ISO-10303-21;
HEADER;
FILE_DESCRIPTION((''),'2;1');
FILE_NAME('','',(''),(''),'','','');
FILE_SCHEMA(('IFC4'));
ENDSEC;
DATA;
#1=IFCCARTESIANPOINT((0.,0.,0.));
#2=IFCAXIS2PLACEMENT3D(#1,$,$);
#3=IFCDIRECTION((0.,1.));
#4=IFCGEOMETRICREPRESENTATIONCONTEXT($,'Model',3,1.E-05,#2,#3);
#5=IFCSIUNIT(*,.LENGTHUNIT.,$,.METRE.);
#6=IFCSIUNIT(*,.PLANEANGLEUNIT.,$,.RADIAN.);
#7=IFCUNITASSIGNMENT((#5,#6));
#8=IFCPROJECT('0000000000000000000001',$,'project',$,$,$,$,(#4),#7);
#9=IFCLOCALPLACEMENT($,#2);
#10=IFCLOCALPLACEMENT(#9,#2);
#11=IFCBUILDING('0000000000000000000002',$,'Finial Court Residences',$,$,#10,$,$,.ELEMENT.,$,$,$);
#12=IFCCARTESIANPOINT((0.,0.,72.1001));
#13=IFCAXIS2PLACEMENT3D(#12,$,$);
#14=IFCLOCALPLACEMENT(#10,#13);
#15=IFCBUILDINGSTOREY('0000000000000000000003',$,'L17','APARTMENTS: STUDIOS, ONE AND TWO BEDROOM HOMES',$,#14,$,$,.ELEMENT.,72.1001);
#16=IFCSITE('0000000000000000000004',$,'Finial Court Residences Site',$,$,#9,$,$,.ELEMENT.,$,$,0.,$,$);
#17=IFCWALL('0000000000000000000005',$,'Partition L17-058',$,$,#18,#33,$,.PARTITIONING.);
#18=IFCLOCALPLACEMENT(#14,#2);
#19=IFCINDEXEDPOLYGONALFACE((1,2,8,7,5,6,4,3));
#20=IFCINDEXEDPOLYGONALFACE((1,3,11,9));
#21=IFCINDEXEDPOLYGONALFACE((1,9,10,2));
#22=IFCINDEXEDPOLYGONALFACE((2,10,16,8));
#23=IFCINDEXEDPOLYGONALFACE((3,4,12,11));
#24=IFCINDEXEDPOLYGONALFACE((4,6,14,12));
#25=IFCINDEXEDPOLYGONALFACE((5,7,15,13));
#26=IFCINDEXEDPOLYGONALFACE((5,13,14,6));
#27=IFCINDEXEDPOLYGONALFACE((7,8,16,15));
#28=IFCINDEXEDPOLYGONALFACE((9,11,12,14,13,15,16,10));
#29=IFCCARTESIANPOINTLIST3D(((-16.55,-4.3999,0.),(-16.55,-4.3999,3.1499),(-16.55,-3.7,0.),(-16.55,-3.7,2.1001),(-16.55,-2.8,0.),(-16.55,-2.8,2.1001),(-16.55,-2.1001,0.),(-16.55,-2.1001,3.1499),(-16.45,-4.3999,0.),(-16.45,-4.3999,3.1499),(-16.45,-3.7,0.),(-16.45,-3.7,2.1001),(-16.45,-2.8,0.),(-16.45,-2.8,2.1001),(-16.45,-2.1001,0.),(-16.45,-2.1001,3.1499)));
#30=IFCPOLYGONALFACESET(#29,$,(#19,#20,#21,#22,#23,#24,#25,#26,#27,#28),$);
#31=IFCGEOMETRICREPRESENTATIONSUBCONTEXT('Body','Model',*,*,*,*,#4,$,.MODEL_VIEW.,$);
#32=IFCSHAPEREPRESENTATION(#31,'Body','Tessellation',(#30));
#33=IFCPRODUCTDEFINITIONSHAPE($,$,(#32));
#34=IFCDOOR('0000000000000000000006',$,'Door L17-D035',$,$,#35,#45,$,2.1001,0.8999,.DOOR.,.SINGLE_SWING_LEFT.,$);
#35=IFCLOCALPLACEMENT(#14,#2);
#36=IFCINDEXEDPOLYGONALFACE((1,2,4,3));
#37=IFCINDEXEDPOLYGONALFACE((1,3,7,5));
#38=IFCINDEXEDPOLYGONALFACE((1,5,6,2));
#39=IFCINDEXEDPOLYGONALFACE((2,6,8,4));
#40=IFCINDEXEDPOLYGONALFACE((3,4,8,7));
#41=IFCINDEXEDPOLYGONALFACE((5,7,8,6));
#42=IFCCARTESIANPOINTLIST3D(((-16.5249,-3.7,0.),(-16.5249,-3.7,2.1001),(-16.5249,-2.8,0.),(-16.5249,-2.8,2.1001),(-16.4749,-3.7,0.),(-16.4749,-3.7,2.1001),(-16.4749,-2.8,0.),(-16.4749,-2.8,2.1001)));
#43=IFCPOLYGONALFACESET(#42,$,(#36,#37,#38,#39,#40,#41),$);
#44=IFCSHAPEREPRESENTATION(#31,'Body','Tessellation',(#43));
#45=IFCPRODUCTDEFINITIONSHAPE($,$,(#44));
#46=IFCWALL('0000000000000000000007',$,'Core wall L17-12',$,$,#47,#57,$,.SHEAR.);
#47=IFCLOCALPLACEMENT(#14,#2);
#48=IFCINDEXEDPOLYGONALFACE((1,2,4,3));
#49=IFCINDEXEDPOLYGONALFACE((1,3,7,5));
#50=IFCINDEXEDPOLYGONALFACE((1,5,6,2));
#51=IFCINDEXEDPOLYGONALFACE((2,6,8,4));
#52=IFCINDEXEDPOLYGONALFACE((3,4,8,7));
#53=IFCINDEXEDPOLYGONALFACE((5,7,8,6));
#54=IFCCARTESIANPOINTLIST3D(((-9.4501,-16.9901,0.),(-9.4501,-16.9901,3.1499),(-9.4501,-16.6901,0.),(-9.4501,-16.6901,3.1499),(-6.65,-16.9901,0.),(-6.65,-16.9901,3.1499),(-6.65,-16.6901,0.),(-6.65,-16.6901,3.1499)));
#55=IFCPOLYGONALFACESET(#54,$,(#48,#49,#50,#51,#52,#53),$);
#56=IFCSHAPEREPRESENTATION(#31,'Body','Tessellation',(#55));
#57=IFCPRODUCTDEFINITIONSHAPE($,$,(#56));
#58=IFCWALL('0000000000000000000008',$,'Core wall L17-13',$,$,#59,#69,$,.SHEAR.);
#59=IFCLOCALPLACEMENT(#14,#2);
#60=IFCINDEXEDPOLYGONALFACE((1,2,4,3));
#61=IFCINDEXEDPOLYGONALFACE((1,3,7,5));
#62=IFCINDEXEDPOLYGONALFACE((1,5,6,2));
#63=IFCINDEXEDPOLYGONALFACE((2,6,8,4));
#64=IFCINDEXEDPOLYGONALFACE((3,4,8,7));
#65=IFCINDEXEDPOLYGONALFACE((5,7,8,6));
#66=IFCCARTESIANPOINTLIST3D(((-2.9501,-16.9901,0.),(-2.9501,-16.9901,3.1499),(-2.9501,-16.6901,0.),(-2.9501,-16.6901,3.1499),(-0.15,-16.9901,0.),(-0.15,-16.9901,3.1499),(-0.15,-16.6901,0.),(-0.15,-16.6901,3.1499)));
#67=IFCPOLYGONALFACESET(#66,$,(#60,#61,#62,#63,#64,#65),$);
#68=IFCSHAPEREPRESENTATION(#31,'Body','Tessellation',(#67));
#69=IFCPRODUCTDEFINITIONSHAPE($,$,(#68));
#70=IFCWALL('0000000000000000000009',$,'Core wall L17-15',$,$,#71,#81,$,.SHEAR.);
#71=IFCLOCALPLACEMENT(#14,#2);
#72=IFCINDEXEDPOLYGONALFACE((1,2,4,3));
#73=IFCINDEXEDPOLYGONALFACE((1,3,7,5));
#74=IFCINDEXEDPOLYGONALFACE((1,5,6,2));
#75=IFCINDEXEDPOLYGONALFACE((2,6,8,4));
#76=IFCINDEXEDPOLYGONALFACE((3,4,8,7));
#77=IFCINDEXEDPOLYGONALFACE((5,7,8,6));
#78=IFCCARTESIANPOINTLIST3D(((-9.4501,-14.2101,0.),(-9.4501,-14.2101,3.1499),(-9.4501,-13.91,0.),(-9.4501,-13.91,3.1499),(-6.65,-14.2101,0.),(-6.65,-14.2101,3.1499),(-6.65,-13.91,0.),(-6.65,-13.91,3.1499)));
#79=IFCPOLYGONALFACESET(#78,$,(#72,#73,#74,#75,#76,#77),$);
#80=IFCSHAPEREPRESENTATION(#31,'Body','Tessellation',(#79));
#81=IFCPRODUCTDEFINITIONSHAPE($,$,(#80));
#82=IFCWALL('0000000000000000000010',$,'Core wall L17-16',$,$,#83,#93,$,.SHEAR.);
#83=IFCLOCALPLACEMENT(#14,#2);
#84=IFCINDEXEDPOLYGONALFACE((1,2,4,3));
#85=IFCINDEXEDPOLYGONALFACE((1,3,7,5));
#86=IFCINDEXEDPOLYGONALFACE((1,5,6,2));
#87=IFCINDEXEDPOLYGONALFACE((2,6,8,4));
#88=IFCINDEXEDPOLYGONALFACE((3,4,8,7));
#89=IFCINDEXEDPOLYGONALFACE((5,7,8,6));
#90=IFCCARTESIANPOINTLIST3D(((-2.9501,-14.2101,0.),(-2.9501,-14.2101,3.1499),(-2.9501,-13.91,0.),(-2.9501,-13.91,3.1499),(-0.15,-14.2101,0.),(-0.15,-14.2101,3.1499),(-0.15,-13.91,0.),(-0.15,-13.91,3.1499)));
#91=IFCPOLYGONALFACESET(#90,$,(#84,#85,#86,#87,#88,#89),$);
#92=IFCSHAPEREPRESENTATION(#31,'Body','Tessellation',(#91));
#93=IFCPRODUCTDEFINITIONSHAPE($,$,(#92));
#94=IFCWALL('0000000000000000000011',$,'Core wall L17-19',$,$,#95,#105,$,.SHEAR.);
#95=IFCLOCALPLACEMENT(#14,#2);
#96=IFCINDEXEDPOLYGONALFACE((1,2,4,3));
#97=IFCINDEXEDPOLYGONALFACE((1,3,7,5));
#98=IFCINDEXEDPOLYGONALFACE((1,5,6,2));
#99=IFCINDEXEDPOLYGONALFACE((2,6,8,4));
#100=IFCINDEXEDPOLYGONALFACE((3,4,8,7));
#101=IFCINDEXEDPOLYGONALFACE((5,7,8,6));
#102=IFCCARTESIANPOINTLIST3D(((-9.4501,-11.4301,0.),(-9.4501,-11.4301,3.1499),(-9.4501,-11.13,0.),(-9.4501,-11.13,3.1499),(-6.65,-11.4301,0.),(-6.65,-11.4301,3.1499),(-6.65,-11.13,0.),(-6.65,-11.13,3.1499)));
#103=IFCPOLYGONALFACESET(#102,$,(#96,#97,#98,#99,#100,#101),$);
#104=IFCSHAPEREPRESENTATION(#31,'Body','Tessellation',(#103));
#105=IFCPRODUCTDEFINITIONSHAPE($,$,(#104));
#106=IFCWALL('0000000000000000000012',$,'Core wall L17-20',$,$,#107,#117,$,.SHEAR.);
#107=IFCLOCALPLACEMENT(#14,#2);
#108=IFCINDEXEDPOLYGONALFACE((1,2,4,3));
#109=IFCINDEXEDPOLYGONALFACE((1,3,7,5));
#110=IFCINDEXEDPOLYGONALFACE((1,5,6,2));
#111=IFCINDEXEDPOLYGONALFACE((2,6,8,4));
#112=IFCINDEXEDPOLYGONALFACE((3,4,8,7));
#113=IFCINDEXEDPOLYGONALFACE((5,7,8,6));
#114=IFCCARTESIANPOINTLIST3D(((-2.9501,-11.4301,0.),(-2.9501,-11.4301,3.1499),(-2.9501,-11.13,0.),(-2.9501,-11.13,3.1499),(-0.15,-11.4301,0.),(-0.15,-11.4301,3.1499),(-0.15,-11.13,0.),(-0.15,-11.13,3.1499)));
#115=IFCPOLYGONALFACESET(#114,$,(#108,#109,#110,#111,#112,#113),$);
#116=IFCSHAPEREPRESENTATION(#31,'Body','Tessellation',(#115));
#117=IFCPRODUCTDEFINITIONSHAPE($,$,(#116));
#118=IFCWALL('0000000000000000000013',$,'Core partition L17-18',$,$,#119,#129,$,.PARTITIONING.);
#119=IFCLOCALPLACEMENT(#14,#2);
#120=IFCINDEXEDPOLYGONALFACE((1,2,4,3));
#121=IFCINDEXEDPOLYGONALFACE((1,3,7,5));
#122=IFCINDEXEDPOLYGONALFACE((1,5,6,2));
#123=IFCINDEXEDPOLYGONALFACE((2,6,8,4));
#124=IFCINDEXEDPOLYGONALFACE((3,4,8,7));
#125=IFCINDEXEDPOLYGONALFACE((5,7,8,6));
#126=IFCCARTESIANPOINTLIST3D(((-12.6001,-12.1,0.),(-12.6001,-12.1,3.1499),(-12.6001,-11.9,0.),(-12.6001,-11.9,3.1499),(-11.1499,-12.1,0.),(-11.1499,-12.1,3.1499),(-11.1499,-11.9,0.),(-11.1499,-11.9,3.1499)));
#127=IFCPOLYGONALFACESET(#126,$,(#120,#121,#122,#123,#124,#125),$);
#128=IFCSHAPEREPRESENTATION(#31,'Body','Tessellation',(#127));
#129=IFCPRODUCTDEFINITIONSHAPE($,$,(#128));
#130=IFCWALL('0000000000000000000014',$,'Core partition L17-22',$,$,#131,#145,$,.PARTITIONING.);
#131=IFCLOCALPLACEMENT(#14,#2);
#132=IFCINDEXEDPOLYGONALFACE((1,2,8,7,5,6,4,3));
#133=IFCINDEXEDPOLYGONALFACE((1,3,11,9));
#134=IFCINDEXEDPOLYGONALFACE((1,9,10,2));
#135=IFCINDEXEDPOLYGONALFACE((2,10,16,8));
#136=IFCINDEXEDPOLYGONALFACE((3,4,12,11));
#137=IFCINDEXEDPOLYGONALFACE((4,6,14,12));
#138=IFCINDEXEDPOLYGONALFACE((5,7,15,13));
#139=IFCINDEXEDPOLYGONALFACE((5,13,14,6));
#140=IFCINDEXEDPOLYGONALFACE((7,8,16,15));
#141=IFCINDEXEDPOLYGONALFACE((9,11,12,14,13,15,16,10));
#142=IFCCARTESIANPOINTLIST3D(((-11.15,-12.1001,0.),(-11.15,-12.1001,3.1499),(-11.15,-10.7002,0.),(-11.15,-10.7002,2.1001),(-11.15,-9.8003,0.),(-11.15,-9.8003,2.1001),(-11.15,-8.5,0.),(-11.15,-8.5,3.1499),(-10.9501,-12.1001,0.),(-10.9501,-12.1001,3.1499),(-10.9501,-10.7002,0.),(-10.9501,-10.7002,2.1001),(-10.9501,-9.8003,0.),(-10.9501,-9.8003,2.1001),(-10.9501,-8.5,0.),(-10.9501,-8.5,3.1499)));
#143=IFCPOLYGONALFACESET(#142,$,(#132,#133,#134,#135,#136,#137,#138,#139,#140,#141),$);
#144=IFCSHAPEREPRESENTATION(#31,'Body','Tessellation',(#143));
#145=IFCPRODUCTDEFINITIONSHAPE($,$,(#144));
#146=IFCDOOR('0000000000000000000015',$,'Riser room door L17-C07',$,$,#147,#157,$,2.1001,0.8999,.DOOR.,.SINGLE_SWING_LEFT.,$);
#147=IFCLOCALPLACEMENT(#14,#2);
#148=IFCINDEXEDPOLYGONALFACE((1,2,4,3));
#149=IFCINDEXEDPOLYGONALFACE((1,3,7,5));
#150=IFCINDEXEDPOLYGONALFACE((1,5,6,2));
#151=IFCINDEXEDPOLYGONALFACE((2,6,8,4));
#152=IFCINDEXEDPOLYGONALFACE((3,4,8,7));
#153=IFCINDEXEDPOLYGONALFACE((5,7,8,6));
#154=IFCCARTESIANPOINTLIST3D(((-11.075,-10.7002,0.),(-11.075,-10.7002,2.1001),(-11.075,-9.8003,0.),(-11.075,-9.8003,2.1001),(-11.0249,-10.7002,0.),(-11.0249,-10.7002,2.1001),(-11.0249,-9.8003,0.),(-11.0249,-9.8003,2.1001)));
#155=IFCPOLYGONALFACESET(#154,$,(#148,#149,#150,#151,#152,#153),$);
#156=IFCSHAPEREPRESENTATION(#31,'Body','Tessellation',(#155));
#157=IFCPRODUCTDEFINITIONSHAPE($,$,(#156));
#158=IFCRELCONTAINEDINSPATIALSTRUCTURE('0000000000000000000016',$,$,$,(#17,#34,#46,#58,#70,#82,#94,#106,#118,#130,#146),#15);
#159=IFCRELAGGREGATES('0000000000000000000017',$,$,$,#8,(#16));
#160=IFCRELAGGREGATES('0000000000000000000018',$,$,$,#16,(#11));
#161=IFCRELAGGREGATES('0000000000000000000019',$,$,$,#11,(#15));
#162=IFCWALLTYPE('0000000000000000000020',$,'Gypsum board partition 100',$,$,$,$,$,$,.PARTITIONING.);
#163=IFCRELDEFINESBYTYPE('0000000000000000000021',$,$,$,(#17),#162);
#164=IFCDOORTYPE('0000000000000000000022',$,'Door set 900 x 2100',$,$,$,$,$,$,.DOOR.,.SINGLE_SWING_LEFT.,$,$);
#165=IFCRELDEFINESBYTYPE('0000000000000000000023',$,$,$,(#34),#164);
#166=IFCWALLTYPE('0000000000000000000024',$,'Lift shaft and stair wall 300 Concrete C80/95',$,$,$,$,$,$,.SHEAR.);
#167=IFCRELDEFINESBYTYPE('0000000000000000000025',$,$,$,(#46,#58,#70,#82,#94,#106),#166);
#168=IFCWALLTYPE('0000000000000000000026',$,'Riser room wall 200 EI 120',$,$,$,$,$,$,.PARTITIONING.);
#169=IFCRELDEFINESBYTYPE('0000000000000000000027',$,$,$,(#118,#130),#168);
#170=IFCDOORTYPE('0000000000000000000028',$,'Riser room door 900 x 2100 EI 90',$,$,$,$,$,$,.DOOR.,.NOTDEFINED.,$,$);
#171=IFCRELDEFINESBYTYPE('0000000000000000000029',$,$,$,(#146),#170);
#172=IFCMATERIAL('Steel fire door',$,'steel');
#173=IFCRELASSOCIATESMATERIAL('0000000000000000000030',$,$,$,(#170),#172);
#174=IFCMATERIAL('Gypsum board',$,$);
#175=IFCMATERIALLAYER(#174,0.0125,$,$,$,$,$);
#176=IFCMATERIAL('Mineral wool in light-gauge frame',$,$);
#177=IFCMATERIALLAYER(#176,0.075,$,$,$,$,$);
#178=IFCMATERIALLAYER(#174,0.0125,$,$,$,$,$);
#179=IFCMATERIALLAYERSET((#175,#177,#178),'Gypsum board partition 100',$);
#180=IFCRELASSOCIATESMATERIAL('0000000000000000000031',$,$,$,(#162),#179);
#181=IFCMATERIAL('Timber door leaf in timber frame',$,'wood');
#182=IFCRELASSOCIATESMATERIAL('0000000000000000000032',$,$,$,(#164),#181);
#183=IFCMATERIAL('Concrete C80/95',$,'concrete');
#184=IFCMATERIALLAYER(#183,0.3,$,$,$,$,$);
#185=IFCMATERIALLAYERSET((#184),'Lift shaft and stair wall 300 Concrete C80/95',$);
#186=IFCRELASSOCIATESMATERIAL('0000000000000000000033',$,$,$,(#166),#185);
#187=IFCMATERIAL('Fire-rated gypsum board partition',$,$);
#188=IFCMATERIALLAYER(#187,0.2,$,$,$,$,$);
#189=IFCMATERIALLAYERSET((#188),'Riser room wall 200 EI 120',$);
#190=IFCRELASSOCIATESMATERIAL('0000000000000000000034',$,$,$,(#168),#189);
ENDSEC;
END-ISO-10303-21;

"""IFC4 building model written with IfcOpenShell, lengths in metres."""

from ifc_helpers import new_model, si_unit, direction, frame, frame_2d, origin, place, context, subcontext, project, spatial, rectangle, extrude, material, layer, layer_set, type_object, element, fill, save


model = new_model("IFC4")

# Units and contexts
model_context = context("Model", 3, precision=1e-05, world=origin(), true_north=direction((0.0, 1.0)))
body_context = subcontext(model_context, "Body", "Model", "MODEL_VIEW")
ifc_project = project(units=[si_unit("LENGTHUNIT", "METRE"), si_unit("PLANEANGLEUNIT", "RADIAN")], contexts=[model_context])

# Site, building, storey
site_placement = place(None, origin())
site = spatial("IfcSite", under=ifc_project, at=site_placement, Name="Finial Court Residences Site", CompositionType="ELEMENT", RefElevation=0.0)
building_placement = place(site_placement, origin())
building = spatial("IfcBuilding", under=site, at=building_placement, Name="Finial Court Residences", CompositionType="ELEMENT")
storey_placement = place(building_placement, frame((0.0, 0.0, 72.1001)))
storey = spatial("IfcBuildingStorey", under=building, at=storey_placement, Name="L17", Description="APARTMENTS: STUDIOS, ONE AND TWO BEDROOM HOMES", CompositionType="ELEMENT", Elevation=72.1001)

# Shared definitions
ifc_material_1 = material(Name="Concrete C80/95", Category="concrete")

# Shared definitions
ifc_material_2 = material(Name="Steel fire door", Category="steel")
door_type_1 = type_object("IfcDoorType", Name="Riser room door 900 x 2100 EI 90", OperationType="NOTDEFINED", PredefinedType="DOOR", material=ifc_material_2)

# Wall, opening, door
ifc_material_3 = material(Name="Gypsum board")
ifc_layer_1 = layer(ifc_material_3, 0.0125)
ifc_material_4 = material(Name="Mineral wool in light-gauge frame")
ifc_layer_2 = layer(ifc_material_4, 0.075)
ifc_layer_3 = layer(ifc_material_3, 0.0125)
ifc_layer_set_1 = layer_set([ifc_layer_1, ifc_layer_2, ifc_layer_3], Name="Gypsum board partition 100")
wall_type_1 = type_object("IfcWallType", Name="Gypsum board partition 100", PredefinedType="PARTITIONING", material=ifc_layer_set_1)
wall_1_placement = place(storey_placement, frame((-16.5, -4.3999, 0.0), z_axis=(0.0, 0.0, 1.0), x_axis=(0.0, 1.0, 0.0)))
wall_1 = element("IfcWall", 1, at=wall_1_placement, inside=storey, type_object=wall_type_1, Name="Partition L17-058", PredefinedType="PARTITIONING", context=body_context, shape_type="SweptSolid", body=[
    extrude(rectangle(XDim=2.2998, YDim=0.1001, at=frame_2d((1.1499, 0.0))), origin(), (0.0, 0.0, 1.0), 3.1499),
])
opening_1_placement = place(wall_1_placement, frame((0.7, 0.0, 0.0)))
opening_1 = element("IfcOpeningElement", 2, at=opening_1_placement, cuts=wall_1, PredefinedType="OPENING", context=body_context, shape_type="SweptSolid", body=[
    extrude(rectangle(XDim=0.8999, YDim=2.1001, at=frame_2d((0.45, 1.05))), frame((0.0, 0.0601, 0.0), z_axis=(0.0, -1.0, 0.0), x_axis=(1.0, 0.0, 0.0)), (0.0, 0.0, 1.0), 0.1201),
])
ifc_material_5 = material(Name="Timber door leaf in timber frame", Category="wood")
door_type_2 = type_object("IfcDoorType", Name="Door set 900 x 2100", OperationType="SINGLE_SWING_LEFT", PredefinedType="DOOR", material=ifc_material_5)
door_1_placement = place(opening_1_placement, origin())
door_1 = element("IfcDoor", 3, at=door_1_placement, inside=storey, type_object=door_type_2, Name="Door L17-D035", OperationType="SINGLE_SWING_LEFT", OverallHeight=2.1001, OverallWidth=0.8999, PredefinedType="DOOR", context=body_context, shape_type="SweptSolid", body=[
    extrude(rectangle(XDim=0.8999, YDim=2.1001, at=frame_2d((0.45, 1.05))), frame((0.0, 0.0249, 0.0), z_axis=(0.0, -1.0, 0.0), x_axis=(1.0, 0.0, 0.0)), (0.0, 0.0, 1.0), 0.05),
])
fill(opening_1, door_1)

# Walls
ifc_layer_4 = layer(ifc_material_1, 0.3)
ifc_layer_set_2 = layer_set([ifc_layer_4], Name="Lift shaft and stair wall 300 Concrete C80/95")
wall_type_2 = type_object("IfcWallType", Name="Lift shaft and stair wall 300 Concrete C80/95", PredefinedType="SHEAR", material=ifc_layer_set_2)
for number, where, z_axis, x_axis, name in (
    (4, (-9.45, -16.8401, 0.0), (0.0, 0.0, 1.0), (1.0, 0.0, 0.0), "Core wall L17-12"),
    (5, (-2.95, -16.8401, 0.0), (0.0, 0.0, 1.0), (1.0, 0.0, 0.0), "Core wall L17-13"),
    (6, (-9.45, -14.0601, 0.0), (0.0, 0.0, 1.0), (1.0, 0.0, 0.0), "Core wall L17-15"),
    (7, (-2.95, -14.0601, 0.0), (0.0, 0.0, 1.0), (1.0, 0.0, 0.0), "Core wall L17-16"),
    (8, (-9.45, -11.28, 0.0), (0.0, 0.0, 1.0), (1.0, 0.0, 0.0), "Core wall L17-19"),
    (9, (-2.95, -11.28, 0.0), (0.0, 0.0, 1.0), (1.0, 0.0, 0.0), "Core wall L17-20"),
):
    element("IfcWall", number, at=place(storey_placement, frame(where, z_axis=z_axis, x_axis=x_axis)), inside=storey, type_object=wall_type_2, Name=name, PredefinedType="SHEAR", context=body_context, shape_type="SweptSolid", body=[
        extrude(rectangle(XDim=2.8, YDim=0.3, at=frame_2d((1.3999, 0.0))), origin(), (0.0, 0.0, 1.0), 3.1499),
    ])
ifc_material_6 = material(Name="Fire-rated gypsum board partition")
ifc_layer_5 = layer(ifc_material_6, 0.2)
ifc_layer_set_3 = layer_set([ifc_layer_5], Name="Riser room wall 200 EI 120")
wall_type_3 = type_object("IfcWallType", Name="Riser room wall 200 EI 120", PredefinedType="PARTITIONING", material=ifc_layer_set_3)
wall_2_placement = place(storey_placement, frame((-12.6001, -12.0, 0.0), z_axis=(0.0, 0.0, 1.0), x_axis=(1.0, 0.0, 0.0)))
element("IfcWall", 10, at=wall_2_placement, inside=storey, type_object=wall_type_3, Name="Core partition L17-18", PredefinedType="PARTITIONING", context=body_context, shape_type="SweptSolid", body=[
    extrude(rectangle(XDim=1.4502, YDim=0.2, at=frame_2d((0.7251, 0.0))), origin(), (0.0, 0.0, 1.0), 3.1499),
])

# Wall, opening, door
wall_3_placement = place(storey_placement, frame((-11.05, -12.1001, 0.0), z_axis=(0.0, 0.0, 1.0), x_axis=(0.0, 1.0, 0.0)))
wall_3 = element("IfcWall", 11, at=wall_3_placement, inside=storey, type_object=wall_type_3, Name="Core partition L17-22", PredefinedType="PARTITIONING", context=body_context, shape_type="SweptSolid", body=[
    extrude(rectangle(XDim=3.6001, YDim=0.2, at=frame_2d((1.8, 0.0))), origin(), (0.0, 0.0, 1.0), 3.1499),
])
opening_2_placement = place(wall_3_placement, frame((1.3999, 0.0, 0.0)))
opening_2 = element("IfcOpeningElement", 12, at=opening_2_placement, cuts=wall_3, PredefinedType="OPENING", context=body_context, shape_type="SweptSolid", body=[
    extrude(rectangle(XDim=0.8999, YDim=2.1001, at=frame_2d((0.45, 1.05))), frame((0.0, 0.1099, 0.0), z_axis=(0.0, -1.0, 0.0), x_axis=(1.0, 0.0, 0.0)), (0.0, 0.0, 1.0), 0.22),
])
door_2_placement = place(opening_2_placement, origin())
door_2 = element("IfcDoor", 13, at=door_2_placement, inside=storey, type_object=door_type_1, Name="Riser room door L17-C07", OperationType="SINGLE_SWING_LEFT", OverallHeight=2.1001, OverallWidth=0.8999, PredefinedType="DOOR", context=body_context, shape_type="SweptSolid", body=[
    extrude(rectangle(XDim=0.8999, YDim=2.1001, at=frame_2d((0.45, 1.05))), frame((0.0, 0.0249, 0.0), z_axis=(0.0, -1.0, 0.0), x_axis=(1.0, 0.0, 0.0)), (0.0, 0.0, 1.0), 0.05),
])
fill(opening_2, door_2)

save(model, "model.ifc")
